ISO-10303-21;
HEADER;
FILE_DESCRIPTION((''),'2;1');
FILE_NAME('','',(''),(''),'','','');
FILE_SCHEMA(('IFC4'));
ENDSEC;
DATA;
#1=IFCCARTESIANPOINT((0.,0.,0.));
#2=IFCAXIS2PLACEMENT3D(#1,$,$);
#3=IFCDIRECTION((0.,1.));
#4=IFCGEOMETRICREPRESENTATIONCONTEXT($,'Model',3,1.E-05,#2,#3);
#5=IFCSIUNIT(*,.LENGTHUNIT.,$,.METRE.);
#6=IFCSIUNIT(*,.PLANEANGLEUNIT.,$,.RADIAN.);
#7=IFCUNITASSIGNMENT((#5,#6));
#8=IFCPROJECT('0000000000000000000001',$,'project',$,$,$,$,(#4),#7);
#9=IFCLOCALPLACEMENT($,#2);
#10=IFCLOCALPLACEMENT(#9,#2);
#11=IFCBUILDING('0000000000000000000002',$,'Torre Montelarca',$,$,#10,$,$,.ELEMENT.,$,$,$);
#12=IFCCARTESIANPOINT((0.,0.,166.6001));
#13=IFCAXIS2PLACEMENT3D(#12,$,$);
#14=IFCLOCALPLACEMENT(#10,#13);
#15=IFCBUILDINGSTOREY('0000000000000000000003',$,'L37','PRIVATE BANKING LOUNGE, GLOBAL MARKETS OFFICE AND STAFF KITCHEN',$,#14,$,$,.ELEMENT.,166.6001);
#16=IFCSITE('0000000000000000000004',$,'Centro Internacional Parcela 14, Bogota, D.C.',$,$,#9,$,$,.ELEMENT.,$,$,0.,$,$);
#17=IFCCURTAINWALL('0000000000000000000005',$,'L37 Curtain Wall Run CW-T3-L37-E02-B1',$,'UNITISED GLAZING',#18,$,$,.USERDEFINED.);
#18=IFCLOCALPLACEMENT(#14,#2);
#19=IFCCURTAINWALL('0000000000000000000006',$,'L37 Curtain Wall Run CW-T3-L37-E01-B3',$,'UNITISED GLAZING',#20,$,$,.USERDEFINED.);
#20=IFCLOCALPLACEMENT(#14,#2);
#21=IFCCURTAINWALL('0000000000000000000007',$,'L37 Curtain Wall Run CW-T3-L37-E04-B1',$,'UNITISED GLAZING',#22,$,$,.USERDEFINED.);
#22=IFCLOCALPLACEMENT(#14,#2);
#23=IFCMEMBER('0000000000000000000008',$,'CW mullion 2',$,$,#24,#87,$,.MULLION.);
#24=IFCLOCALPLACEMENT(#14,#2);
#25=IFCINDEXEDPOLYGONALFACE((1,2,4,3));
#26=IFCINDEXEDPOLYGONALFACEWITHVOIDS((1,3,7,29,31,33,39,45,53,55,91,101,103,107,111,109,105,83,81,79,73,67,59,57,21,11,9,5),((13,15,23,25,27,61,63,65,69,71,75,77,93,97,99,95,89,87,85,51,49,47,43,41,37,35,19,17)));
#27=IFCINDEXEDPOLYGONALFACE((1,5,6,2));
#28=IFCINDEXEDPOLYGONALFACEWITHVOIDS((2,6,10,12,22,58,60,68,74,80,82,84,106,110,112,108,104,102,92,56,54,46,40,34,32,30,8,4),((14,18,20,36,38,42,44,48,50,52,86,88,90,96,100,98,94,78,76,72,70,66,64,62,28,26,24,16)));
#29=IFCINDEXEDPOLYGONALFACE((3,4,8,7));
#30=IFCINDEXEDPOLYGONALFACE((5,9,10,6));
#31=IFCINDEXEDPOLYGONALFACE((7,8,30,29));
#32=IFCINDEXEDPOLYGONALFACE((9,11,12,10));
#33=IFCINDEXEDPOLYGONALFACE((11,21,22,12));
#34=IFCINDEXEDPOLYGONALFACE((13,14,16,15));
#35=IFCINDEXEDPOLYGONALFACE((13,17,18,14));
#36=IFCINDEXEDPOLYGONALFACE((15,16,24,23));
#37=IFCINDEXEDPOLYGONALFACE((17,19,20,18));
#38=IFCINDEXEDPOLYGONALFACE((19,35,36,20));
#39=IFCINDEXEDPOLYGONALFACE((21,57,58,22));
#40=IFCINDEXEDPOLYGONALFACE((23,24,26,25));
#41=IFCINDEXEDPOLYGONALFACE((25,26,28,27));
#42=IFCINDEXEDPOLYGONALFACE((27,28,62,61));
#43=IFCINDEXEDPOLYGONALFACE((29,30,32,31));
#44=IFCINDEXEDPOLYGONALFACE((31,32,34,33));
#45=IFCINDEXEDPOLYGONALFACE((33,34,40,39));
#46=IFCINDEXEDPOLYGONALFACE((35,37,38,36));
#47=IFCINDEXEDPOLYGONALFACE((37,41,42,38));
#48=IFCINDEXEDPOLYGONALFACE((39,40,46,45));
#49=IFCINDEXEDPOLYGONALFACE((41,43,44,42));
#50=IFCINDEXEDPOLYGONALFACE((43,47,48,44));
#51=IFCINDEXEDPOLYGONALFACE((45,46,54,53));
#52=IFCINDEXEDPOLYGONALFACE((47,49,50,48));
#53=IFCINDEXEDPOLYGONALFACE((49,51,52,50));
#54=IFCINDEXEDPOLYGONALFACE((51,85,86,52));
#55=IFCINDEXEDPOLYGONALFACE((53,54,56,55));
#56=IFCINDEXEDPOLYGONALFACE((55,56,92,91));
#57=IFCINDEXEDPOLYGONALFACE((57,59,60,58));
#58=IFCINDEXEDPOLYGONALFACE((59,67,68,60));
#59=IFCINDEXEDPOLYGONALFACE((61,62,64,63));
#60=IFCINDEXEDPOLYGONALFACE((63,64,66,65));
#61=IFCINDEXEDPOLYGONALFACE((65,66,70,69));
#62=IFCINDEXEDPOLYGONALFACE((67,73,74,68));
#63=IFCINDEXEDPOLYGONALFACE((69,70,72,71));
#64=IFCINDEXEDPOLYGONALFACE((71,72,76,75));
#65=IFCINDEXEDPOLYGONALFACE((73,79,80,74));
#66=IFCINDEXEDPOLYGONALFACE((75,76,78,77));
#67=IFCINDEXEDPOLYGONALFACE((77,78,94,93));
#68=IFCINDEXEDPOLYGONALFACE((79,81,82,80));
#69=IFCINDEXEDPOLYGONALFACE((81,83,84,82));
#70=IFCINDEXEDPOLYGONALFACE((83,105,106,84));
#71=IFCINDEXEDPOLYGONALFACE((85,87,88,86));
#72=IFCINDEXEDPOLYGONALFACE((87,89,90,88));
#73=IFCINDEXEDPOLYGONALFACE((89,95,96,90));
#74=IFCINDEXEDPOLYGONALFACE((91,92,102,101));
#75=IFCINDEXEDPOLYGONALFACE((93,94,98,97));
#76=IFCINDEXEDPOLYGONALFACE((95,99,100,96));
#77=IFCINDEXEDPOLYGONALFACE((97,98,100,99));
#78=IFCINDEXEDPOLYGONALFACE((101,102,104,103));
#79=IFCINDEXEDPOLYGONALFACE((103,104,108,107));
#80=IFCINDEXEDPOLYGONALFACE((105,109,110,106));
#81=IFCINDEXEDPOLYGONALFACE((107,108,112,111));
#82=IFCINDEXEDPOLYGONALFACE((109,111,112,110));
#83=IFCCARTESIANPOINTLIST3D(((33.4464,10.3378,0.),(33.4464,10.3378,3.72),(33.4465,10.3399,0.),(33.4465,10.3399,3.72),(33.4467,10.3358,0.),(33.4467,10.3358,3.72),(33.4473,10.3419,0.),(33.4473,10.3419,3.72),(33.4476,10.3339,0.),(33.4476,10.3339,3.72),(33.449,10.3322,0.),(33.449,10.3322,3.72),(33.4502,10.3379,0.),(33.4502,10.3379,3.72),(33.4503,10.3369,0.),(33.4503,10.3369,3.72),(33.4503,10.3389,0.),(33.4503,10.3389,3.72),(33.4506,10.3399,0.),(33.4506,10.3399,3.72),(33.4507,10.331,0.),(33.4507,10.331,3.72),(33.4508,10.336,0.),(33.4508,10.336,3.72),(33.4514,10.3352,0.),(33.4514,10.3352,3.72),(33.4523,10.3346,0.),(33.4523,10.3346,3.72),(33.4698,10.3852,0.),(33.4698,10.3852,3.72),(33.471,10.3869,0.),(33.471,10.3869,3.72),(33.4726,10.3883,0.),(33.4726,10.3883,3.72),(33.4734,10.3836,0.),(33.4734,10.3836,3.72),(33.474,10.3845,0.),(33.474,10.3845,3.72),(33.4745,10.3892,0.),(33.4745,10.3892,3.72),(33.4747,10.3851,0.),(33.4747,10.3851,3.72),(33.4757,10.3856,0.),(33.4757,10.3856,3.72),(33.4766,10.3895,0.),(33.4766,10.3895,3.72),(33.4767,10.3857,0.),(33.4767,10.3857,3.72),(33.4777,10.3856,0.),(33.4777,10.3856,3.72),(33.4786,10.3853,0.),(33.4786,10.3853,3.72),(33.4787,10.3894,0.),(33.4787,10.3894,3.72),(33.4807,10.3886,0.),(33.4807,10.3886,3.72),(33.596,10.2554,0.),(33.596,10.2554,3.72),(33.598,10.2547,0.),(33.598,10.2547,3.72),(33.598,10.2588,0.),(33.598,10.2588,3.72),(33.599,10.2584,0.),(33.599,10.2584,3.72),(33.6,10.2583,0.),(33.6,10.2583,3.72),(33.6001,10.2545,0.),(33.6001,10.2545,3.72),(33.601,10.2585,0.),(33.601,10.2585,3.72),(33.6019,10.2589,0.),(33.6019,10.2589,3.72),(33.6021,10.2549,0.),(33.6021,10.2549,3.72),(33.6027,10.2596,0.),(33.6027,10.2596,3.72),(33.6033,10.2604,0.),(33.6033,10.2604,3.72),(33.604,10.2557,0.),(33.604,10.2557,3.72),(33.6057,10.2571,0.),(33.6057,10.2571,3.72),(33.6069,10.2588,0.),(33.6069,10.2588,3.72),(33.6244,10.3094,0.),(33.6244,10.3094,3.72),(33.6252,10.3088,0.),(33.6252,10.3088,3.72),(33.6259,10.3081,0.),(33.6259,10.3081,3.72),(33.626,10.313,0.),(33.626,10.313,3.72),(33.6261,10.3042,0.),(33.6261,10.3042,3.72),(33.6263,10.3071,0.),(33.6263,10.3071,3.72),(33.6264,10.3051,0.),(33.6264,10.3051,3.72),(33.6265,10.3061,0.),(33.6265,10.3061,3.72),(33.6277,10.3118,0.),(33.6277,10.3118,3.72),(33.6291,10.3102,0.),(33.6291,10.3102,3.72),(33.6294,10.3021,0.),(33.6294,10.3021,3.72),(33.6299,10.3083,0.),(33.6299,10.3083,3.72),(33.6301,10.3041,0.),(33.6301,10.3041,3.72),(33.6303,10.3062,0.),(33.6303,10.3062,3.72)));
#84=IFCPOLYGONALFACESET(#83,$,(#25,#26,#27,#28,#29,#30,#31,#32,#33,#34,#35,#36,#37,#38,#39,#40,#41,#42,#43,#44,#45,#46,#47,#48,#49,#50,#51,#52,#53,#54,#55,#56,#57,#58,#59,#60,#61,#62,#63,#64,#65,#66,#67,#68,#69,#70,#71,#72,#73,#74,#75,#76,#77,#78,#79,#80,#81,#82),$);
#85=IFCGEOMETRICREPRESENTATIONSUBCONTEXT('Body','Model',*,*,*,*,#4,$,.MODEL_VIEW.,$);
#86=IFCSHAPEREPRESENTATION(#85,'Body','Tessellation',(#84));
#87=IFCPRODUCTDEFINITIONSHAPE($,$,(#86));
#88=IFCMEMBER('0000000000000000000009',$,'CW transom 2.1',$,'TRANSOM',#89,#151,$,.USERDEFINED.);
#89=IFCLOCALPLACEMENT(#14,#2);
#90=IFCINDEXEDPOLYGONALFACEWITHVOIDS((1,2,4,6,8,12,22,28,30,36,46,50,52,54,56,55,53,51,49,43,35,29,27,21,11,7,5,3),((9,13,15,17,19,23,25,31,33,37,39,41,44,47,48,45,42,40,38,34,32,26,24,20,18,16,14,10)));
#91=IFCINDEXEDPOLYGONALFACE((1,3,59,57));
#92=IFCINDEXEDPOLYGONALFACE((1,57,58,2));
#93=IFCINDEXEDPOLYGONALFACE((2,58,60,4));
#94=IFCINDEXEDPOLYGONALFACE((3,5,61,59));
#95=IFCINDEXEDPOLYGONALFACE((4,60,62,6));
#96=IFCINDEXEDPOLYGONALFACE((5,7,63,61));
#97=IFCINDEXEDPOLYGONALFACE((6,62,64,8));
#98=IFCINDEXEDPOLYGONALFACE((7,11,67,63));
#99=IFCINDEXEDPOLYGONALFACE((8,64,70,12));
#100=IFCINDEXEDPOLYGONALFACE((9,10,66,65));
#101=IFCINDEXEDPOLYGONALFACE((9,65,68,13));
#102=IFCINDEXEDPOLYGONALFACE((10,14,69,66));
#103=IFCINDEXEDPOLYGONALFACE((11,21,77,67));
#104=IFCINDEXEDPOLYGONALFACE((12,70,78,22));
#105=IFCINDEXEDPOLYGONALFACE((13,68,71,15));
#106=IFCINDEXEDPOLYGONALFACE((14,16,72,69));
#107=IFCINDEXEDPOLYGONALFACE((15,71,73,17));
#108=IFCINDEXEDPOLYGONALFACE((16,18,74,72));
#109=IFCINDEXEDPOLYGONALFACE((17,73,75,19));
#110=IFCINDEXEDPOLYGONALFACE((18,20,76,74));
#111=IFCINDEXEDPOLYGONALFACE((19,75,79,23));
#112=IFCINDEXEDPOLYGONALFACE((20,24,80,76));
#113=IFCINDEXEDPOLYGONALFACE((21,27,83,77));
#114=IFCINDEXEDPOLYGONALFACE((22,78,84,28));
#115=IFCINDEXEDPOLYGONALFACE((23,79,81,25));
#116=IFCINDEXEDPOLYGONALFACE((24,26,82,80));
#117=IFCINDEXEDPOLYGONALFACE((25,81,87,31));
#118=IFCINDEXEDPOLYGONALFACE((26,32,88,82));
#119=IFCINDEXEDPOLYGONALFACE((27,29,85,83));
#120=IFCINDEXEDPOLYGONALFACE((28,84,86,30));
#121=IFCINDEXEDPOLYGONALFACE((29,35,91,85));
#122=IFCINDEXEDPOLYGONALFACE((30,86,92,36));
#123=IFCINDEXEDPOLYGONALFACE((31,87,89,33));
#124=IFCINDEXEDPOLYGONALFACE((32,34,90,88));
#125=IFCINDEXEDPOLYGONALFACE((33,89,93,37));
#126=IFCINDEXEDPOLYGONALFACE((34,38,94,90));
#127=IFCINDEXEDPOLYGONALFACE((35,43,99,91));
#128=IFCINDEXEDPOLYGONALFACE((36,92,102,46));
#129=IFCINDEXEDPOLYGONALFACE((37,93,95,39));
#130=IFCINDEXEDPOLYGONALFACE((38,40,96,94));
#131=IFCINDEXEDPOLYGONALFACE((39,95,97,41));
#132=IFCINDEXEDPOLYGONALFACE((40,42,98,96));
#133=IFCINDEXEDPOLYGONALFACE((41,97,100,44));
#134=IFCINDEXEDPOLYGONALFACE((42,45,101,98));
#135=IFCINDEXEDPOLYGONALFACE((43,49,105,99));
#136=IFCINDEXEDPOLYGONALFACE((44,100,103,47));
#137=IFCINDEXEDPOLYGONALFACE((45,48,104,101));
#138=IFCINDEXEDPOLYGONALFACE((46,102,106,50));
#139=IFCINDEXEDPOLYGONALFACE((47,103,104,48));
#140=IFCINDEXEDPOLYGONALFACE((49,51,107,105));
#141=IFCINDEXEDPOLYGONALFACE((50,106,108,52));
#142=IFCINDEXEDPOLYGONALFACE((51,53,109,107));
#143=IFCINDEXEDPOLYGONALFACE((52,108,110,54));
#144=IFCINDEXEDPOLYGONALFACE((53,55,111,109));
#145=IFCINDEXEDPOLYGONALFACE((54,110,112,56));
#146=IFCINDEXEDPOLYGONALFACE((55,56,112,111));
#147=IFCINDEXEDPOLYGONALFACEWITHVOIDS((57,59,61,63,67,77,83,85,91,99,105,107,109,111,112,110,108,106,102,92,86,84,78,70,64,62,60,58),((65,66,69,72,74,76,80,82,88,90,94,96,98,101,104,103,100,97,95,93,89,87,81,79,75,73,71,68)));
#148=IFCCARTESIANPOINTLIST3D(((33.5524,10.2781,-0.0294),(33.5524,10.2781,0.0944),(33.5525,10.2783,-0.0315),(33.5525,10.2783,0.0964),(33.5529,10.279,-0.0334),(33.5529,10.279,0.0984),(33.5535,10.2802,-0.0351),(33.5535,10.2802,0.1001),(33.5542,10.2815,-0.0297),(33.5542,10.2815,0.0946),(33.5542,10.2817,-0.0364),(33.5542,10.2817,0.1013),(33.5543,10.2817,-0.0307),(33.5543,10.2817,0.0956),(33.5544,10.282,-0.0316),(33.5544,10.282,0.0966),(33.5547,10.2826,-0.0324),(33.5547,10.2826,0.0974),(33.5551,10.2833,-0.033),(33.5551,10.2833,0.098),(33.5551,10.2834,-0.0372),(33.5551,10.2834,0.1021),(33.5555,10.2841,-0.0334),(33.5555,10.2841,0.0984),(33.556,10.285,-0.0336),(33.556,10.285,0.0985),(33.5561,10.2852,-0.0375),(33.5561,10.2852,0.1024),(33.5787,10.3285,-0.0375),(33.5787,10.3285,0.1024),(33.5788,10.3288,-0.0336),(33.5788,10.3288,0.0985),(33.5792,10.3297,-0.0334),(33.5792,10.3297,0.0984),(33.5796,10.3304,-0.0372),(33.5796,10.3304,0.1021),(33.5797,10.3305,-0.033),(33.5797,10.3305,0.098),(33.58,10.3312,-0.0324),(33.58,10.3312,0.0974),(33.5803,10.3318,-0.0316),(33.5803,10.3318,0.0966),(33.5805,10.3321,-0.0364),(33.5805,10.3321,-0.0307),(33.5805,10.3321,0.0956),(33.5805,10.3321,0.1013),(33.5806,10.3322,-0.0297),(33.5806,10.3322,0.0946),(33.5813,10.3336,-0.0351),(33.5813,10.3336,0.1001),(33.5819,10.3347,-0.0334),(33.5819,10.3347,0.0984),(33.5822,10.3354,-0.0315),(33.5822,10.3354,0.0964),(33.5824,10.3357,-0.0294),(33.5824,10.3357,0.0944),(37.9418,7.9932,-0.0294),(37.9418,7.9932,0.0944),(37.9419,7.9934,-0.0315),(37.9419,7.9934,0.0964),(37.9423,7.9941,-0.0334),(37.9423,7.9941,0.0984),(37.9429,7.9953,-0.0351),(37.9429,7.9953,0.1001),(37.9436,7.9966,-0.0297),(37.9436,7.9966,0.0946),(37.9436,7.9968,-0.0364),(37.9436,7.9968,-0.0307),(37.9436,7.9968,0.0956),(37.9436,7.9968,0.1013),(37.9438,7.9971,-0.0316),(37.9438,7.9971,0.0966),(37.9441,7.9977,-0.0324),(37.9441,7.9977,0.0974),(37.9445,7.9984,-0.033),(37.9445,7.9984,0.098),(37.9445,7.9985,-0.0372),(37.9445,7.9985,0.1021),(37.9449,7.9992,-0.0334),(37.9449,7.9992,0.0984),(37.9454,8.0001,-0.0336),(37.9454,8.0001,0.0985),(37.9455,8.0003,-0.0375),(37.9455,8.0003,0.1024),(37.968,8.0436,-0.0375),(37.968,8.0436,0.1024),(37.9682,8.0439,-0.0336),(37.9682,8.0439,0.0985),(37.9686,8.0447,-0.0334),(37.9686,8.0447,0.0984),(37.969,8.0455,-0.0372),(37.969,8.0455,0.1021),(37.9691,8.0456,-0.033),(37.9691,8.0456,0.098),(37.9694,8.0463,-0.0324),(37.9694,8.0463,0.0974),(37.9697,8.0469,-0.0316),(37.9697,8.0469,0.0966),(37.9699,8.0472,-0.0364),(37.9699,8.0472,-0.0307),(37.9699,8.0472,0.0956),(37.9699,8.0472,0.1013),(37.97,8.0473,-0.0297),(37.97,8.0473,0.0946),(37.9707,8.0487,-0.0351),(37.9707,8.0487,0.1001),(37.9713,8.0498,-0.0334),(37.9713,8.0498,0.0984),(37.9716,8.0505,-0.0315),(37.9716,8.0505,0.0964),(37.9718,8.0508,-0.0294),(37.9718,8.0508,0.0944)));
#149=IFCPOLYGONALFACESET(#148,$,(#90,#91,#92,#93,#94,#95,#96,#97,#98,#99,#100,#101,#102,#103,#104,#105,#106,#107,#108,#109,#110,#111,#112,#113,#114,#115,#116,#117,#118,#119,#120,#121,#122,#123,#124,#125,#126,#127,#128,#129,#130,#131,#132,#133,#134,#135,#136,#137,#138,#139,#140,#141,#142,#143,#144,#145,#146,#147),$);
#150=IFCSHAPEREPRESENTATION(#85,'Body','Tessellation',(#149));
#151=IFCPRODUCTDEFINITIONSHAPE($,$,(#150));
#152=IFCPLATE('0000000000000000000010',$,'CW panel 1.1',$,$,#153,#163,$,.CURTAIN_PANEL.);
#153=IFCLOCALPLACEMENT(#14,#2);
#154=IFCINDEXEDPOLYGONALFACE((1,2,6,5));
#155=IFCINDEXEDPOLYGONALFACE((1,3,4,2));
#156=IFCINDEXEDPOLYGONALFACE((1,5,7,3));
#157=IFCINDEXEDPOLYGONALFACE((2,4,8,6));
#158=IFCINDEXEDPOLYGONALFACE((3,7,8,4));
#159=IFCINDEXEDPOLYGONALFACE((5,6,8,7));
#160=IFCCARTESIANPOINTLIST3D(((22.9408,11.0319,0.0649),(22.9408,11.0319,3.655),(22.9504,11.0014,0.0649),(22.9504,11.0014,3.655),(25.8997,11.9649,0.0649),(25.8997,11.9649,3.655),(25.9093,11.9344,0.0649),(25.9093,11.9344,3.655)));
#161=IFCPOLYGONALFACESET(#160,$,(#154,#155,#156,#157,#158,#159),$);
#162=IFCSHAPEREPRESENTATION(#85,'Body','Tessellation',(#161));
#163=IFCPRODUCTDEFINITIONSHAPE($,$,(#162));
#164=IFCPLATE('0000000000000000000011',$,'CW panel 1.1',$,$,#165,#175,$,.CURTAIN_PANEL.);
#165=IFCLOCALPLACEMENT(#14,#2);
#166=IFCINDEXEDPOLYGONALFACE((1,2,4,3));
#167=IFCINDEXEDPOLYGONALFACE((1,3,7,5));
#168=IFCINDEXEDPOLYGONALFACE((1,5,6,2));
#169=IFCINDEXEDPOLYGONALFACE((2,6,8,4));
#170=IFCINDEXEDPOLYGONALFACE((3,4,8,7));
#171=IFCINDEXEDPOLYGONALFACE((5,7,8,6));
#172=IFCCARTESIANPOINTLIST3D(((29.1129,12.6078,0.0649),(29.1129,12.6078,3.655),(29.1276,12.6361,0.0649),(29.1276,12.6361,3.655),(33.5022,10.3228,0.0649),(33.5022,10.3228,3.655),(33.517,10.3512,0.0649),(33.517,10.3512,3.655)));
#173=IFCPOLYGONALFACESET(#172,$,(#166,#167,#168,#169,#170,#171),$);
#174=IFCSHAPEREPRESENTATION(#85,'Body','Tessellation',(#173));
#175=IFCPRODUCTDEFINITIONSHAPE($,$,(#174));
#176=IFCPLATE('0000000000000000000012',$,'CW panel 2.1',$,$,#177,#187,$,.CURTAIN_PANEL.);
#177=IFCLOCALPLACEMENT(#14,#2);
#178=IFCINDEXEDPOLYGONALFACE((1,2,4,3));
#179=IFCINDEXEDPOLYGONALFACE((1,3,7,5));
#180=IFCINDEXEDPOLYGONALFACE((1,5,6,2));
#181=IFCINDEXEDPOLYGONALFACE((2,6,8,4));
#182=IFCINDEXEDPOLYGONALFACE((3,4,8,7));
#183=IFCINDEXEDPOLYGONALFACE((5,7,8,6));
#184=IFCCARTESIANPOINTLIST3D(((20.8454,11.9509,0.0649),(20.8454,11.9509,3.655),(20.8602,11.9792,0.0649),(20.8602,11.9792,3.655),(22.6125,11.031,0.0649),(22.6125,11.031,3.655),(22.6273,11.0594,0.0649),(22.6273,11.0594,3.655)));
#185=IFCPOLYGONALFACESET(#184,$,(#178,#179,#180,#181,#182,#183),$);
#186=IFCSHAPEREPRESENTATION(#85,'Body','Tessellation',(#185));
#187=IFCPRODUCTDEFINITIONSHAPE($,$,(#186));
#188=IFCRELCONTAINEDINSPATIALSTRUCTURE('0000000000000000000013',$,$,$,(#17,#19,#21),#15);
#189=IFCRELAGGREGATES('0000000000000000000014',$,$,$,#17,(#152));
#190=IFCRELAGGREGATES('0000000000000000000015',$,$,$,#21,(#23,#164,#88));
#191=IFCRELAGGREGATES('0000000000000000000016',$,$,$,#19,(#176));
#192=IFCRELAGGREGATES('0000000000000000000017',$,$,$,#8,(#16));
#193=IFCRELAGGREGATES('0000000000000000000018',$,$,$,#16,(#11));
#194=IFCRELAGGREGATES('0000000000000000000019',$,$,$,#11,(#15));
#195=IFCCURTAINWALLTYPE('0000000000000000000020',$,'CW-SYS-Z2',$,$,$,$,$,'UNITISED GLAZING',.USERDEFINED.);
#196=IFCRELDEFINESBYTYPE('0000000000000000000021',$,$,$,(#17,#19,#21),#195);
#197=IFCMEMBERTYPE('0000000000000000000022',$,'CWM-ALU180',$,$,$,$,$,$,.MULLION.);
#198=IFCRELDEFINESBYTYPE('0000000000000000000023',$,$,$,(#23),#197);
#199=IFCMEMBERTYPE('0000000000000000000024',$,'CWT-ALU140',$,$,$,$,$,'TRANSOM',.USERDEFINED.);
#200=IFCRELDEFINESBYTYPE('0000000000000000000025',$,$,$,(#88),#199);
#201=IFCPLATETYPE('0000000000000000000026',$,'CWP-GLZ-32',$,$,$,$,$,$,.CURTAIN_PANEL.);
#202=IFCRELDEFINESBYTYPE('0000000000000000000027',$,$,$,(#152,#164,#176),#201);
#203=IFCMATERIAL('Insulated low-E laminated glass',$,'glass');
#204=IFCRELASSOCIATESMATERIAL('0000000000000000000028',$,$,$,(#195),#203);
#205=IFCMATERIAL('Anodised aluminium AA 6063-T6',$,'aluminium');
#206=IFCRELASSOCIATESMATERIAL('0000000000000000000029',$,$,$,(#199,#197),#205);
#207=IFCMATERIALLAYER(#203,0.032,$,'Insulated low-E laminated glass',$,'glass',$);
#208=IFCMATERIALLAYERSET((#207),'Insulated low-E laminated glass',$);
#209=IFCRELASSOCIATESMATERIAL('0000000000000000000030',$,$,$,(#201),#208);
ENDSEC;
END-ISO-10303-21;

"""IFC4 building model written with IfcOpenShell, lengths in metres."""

from ifc_helpers import new_model, si_unit, direction, frame, origin, origin_2d, place, context, subcontext, project, spatial, rectangle, hollow_rectangle, extrude, source, transform, mapped, material, layer, layer_set, material_profile, profile_set, type_object, element, aggregate, save


model = new_model("IFC4")

# Units and contexts
model_context = context("Model", 3, precision=1e-05, world=origin(), true_north=direction((0.0, 1.0)))
body_context = subcontext(model_context, "Body", "Model", "MODEL_VIEW")
ifc_project = project(units=[si_unit("LENGTHUNIT", "METRE"), si_unit("PLANEANGLEUNIT", "RADIAN")], contexts=[model_context])

# Site, building, storey
site_placement = place(None, origin())
site = spatial("IfcSite", under=ifc_project, at=site_placement, Name="Centro Internacional Parcela 14, Bogota, D.C.", CompositionType="ELEMENT", RefElevation=0.0)
building_placement = place(site_placement, origin())
building = spatial("IfcBuilding", under=site, at=building_placement, Name="Torre Montelarca", CompositionType="ELEMENT")
storey_placement = place(building_placement, frame((0.0, 0.0, 166.6001)))
storey = spatial("IfcBuildingStorey", under=building, at=storey_placement, Name="L37", Description="PRIVATE BANKING LOUNGE, GLOBAL MARKETS OFFICE AND STAFF KITCHEN", CompositionType="ELEMENT", Elevation=166.6001)

# Curtain wall
ifc_material_1 = material(Name="Insulated low-E laminated glass", Category="glass")
curtain_wall_type = type_object("IfcCurtainWallType", Name="CW-SYS-Z2", ElementType="UNITISED GLAZING", PredefinedType="USERDEFINED", material=ifc_material_1)
curtain_wall_1_placement = place(storey_placement, origin())
curtain_wall_1 = element("IfcCurtainWall", 1, at=curtain_wall_1_placement, inside=storey, type_object=curtain_wall_type, Name="L37 Curtain Wall Run CW-T3-L37-E02-B1", ObjectType="UNITISED GLAZING", PredefinedType="USERDEFINED")
ifc_material_2 = material(Name="Anodised aluminium AA 6063-T6", Category="aluminium")
ifc_material_profile_1 = material_profile(ifc_material_2, hollow_rectangle(XDim=0.0649, YDim=0.1399, WallThickness=0.0039, InnerFilletRadius=0.0039, OuterFilletRadius=0.0081, at=origin_2d()), Name="ALU65X140X4", Category="aluminium")
ifc_profile_set_1 = profile_set([ifc_material_profile_1], Name="Anodised aluminium AA 6063-T6")
member_type_1 = type_object("IfcMemberType", Name="CWT-ALU140", ElementType="TRANSOM", PredefinedType="USERDEFINED", material=ifc_profile_set_1)

# Curtain wall
curtain_wall_2_placement = place(storey_placement, origin())
curtain_wall_2 = element("IfcCurtainWall", 2, at=curtain_wall_2_placement, inside=storey, type_object=curtain_wall_type, Name="L37 Curtain Wall Run CW-T3-L37-E01-B3", ObjectType="UNITISED GLAZING", PredefinedType="USERDEFINED")
ifc_material_profile_2 = material_profile(ifc_material_2, hollow_rectangle(XDim=0.0649, YDim=0.1799, WallThickness=0.0039, InnerFilletRadius=0.0039, OuterFilletRadius=0.0081, at=origin_2d()), Name="ALU65X180X4", Category="aluminium")
ifc_profile_set_2 = profile_set([ifc_material_profile_2], Name="Anodised aluminium AA 6063-T6")
member_type_2 = type_object("IfcMemberType", Name="CWM-ALU180", PredefinedType="MULLION", material=ifc_profile_set_2)
shared_shape_1 = source(origin(), body_context, "Body", "SweptSolid", [
    extrude(hollow_rectangle(XDim=0.0649, YDim=0.1799, WallThickness=0.0039, InnerFilletRadius=0.0039, OuterFilletRadius=0.0081, at=origin_2d()), origin(), (0.0, 0.0, 1.0), 3.72),
])

# Curtain wall, members
curtain_wall_3_placement = place(storey_placement, origin())
curtain_wall_3 = element("IfcCurtainWall", 3, at=curtain_wall_3_placement, inside=storey, type_object=curtain_wall_type, Name="L37 Curtain Wall Run CW-T3-L37-E04-B1", ObjectType="UNITISED GLAZING", PredefinedType="USERDEFINED")
member_1_placement = place(storey_placement, frame((33.5383, 10.322, 0.0), z_axis=(0.0, 0.0, 1.0), x_axis=(0.461744, 0.887013, 0.0)))
member_1 = element("IfcMember", 4, at=member_1_placement, type_object=member_type_2, Name="CW mullion 2", PredefinedType="MULLION", context=body_context, shape_type="MappedRepresentation", body=[
    mapped(shared_shape_1, transform((0.0, 0.0, 0.0), scale=1.0)),
])
shared_shape_2 = source(origin(), body_context, "Body", "SweptSolid", [
    extrude(hollow_rectangle(XDim=0.0649, YDim=0.1399, WallThickness=0.0039, InnerFilletRadius=0.0039, OuterFilletRadius=0.0081, at=origin_2d()), origin(), (0.0, 0.0, 1.0), 4.9485),
])
member_2_placement = place(storey_placement, frame((33.5674, 10.3069, 0.0325), z_axis=(0.887016, -0.461738, 0.0), x_axis=(0.461738, 0.887016, 0.0)))
member_2 = element("IfcMember", 5, at=member_2_placement, type_object=member_type_1, Name="CW transom 2.1", ObjectType="TRANSOM", PredefinedType="USERDEFINED", context=body_context, shape_type="MappedRepresentation", body=[
    mapped(shared_shape_2, transform((0.0, 0.0, 0.0), scale=1.0)),
])

# Plates
ifc_layer_1 = layer(ifc_material_1, 0.032, Name="Insulated low-E laminated glass", Category="glass")
ifc_layer_set_1 = layer_set([ifc_layer_1], Name="Insulated low-E laminated glass")
plate_type = type_object("IfcPlateType", Name="CWP-GLZ-32", PredefinedType="CURTAIN_PANEL", material=ifc_layer_set_1)
shared_shape_3 = source(origin(), body_context, "Body", "SweptSolid", [
    extrude(rectangle(XDim=3.1025, YDim=0.032, at=origin_2d()), origin(), (0.0, 0.0, 1.0), 3.5901),
])
plate_1_placement = place(storey_placement, frame((24.425, 11.4832, 0.0649), z_axis=(0.0, 0.0, 1.0), x_axis=(0.953718, 0.300703, 0.0)))
plate_1 = element("IfcPlate", 6, at=plate_1_placement, type_object=plate_type, Name="CW panel 1.1", PredefinedType="CURTAIN_PANEL", context=body_context, shape_type="MappedRepresentation", body=[
    mapped(shared_shape_3, transform((0.0, 0.0, 0.0), scale=1.0)),
])
aggregate(curtain_wall_1, [plate_1])
shared_shape_4 = source(origin(), body_context, "Body", "SweptSolid", [
    extrude(rectangle(XDim=4.9485, YDim=0.032, at=origin_2d()), origin(), (0.0, 0.0, 1.0), 3.5901),
])
plate_2_placement = place(storey_placement, frame((31.3149, 11.4795, 0.0649), z_axis=(0.0, 0.0, 1.0), x_axis=(0.887013, -0.461744, 0.0)))
plate_2 = element("IfcPlate", 7, at=plate_2_placement, type_object=plate_type, Name="CW panel 1.1", PredefinedType="CURTAIN_PANEL", context=body_context, shape_type="MappedRepresentation", body=[
    mapped(shared_shape_4, transform((0.0, 0.0, 0.0), scale=1.0)),
])
aggregate(curtain_wall_3, [member_1, plate_2, member_2])
shared_shape_5 = source(origin(), body_context, "Body", "SweptSolid", [
    extrude(rectangle(XDim=1.9922, YDim=0.032, at=origin_2d()), origin(), (0.0, 0.0, 1.0), 3.5901),
])
plate_3_placement = place(storey_placement, frame((21.7363, 11.5051, 0.0649), z_axis=(0.0, 0.0, 1.0), x_axis=(0.887015, -0.461741, 0.0)))
plate_3 = element("IfcPlate", 8, at=plate_3_placement, type_object=plate_type, Name="CW panel 2.1", PredefinedType="CURTAIN_PANEL", context=body_context, shape_type="MappedRepresentation", body=[
    mapped(shared_shape_5, transform((0.0, 0.0, 0.0), scale=1.0)),
])
aggregate(curtain_wall_2, [plate_3])

save(model, "model.ifc")
